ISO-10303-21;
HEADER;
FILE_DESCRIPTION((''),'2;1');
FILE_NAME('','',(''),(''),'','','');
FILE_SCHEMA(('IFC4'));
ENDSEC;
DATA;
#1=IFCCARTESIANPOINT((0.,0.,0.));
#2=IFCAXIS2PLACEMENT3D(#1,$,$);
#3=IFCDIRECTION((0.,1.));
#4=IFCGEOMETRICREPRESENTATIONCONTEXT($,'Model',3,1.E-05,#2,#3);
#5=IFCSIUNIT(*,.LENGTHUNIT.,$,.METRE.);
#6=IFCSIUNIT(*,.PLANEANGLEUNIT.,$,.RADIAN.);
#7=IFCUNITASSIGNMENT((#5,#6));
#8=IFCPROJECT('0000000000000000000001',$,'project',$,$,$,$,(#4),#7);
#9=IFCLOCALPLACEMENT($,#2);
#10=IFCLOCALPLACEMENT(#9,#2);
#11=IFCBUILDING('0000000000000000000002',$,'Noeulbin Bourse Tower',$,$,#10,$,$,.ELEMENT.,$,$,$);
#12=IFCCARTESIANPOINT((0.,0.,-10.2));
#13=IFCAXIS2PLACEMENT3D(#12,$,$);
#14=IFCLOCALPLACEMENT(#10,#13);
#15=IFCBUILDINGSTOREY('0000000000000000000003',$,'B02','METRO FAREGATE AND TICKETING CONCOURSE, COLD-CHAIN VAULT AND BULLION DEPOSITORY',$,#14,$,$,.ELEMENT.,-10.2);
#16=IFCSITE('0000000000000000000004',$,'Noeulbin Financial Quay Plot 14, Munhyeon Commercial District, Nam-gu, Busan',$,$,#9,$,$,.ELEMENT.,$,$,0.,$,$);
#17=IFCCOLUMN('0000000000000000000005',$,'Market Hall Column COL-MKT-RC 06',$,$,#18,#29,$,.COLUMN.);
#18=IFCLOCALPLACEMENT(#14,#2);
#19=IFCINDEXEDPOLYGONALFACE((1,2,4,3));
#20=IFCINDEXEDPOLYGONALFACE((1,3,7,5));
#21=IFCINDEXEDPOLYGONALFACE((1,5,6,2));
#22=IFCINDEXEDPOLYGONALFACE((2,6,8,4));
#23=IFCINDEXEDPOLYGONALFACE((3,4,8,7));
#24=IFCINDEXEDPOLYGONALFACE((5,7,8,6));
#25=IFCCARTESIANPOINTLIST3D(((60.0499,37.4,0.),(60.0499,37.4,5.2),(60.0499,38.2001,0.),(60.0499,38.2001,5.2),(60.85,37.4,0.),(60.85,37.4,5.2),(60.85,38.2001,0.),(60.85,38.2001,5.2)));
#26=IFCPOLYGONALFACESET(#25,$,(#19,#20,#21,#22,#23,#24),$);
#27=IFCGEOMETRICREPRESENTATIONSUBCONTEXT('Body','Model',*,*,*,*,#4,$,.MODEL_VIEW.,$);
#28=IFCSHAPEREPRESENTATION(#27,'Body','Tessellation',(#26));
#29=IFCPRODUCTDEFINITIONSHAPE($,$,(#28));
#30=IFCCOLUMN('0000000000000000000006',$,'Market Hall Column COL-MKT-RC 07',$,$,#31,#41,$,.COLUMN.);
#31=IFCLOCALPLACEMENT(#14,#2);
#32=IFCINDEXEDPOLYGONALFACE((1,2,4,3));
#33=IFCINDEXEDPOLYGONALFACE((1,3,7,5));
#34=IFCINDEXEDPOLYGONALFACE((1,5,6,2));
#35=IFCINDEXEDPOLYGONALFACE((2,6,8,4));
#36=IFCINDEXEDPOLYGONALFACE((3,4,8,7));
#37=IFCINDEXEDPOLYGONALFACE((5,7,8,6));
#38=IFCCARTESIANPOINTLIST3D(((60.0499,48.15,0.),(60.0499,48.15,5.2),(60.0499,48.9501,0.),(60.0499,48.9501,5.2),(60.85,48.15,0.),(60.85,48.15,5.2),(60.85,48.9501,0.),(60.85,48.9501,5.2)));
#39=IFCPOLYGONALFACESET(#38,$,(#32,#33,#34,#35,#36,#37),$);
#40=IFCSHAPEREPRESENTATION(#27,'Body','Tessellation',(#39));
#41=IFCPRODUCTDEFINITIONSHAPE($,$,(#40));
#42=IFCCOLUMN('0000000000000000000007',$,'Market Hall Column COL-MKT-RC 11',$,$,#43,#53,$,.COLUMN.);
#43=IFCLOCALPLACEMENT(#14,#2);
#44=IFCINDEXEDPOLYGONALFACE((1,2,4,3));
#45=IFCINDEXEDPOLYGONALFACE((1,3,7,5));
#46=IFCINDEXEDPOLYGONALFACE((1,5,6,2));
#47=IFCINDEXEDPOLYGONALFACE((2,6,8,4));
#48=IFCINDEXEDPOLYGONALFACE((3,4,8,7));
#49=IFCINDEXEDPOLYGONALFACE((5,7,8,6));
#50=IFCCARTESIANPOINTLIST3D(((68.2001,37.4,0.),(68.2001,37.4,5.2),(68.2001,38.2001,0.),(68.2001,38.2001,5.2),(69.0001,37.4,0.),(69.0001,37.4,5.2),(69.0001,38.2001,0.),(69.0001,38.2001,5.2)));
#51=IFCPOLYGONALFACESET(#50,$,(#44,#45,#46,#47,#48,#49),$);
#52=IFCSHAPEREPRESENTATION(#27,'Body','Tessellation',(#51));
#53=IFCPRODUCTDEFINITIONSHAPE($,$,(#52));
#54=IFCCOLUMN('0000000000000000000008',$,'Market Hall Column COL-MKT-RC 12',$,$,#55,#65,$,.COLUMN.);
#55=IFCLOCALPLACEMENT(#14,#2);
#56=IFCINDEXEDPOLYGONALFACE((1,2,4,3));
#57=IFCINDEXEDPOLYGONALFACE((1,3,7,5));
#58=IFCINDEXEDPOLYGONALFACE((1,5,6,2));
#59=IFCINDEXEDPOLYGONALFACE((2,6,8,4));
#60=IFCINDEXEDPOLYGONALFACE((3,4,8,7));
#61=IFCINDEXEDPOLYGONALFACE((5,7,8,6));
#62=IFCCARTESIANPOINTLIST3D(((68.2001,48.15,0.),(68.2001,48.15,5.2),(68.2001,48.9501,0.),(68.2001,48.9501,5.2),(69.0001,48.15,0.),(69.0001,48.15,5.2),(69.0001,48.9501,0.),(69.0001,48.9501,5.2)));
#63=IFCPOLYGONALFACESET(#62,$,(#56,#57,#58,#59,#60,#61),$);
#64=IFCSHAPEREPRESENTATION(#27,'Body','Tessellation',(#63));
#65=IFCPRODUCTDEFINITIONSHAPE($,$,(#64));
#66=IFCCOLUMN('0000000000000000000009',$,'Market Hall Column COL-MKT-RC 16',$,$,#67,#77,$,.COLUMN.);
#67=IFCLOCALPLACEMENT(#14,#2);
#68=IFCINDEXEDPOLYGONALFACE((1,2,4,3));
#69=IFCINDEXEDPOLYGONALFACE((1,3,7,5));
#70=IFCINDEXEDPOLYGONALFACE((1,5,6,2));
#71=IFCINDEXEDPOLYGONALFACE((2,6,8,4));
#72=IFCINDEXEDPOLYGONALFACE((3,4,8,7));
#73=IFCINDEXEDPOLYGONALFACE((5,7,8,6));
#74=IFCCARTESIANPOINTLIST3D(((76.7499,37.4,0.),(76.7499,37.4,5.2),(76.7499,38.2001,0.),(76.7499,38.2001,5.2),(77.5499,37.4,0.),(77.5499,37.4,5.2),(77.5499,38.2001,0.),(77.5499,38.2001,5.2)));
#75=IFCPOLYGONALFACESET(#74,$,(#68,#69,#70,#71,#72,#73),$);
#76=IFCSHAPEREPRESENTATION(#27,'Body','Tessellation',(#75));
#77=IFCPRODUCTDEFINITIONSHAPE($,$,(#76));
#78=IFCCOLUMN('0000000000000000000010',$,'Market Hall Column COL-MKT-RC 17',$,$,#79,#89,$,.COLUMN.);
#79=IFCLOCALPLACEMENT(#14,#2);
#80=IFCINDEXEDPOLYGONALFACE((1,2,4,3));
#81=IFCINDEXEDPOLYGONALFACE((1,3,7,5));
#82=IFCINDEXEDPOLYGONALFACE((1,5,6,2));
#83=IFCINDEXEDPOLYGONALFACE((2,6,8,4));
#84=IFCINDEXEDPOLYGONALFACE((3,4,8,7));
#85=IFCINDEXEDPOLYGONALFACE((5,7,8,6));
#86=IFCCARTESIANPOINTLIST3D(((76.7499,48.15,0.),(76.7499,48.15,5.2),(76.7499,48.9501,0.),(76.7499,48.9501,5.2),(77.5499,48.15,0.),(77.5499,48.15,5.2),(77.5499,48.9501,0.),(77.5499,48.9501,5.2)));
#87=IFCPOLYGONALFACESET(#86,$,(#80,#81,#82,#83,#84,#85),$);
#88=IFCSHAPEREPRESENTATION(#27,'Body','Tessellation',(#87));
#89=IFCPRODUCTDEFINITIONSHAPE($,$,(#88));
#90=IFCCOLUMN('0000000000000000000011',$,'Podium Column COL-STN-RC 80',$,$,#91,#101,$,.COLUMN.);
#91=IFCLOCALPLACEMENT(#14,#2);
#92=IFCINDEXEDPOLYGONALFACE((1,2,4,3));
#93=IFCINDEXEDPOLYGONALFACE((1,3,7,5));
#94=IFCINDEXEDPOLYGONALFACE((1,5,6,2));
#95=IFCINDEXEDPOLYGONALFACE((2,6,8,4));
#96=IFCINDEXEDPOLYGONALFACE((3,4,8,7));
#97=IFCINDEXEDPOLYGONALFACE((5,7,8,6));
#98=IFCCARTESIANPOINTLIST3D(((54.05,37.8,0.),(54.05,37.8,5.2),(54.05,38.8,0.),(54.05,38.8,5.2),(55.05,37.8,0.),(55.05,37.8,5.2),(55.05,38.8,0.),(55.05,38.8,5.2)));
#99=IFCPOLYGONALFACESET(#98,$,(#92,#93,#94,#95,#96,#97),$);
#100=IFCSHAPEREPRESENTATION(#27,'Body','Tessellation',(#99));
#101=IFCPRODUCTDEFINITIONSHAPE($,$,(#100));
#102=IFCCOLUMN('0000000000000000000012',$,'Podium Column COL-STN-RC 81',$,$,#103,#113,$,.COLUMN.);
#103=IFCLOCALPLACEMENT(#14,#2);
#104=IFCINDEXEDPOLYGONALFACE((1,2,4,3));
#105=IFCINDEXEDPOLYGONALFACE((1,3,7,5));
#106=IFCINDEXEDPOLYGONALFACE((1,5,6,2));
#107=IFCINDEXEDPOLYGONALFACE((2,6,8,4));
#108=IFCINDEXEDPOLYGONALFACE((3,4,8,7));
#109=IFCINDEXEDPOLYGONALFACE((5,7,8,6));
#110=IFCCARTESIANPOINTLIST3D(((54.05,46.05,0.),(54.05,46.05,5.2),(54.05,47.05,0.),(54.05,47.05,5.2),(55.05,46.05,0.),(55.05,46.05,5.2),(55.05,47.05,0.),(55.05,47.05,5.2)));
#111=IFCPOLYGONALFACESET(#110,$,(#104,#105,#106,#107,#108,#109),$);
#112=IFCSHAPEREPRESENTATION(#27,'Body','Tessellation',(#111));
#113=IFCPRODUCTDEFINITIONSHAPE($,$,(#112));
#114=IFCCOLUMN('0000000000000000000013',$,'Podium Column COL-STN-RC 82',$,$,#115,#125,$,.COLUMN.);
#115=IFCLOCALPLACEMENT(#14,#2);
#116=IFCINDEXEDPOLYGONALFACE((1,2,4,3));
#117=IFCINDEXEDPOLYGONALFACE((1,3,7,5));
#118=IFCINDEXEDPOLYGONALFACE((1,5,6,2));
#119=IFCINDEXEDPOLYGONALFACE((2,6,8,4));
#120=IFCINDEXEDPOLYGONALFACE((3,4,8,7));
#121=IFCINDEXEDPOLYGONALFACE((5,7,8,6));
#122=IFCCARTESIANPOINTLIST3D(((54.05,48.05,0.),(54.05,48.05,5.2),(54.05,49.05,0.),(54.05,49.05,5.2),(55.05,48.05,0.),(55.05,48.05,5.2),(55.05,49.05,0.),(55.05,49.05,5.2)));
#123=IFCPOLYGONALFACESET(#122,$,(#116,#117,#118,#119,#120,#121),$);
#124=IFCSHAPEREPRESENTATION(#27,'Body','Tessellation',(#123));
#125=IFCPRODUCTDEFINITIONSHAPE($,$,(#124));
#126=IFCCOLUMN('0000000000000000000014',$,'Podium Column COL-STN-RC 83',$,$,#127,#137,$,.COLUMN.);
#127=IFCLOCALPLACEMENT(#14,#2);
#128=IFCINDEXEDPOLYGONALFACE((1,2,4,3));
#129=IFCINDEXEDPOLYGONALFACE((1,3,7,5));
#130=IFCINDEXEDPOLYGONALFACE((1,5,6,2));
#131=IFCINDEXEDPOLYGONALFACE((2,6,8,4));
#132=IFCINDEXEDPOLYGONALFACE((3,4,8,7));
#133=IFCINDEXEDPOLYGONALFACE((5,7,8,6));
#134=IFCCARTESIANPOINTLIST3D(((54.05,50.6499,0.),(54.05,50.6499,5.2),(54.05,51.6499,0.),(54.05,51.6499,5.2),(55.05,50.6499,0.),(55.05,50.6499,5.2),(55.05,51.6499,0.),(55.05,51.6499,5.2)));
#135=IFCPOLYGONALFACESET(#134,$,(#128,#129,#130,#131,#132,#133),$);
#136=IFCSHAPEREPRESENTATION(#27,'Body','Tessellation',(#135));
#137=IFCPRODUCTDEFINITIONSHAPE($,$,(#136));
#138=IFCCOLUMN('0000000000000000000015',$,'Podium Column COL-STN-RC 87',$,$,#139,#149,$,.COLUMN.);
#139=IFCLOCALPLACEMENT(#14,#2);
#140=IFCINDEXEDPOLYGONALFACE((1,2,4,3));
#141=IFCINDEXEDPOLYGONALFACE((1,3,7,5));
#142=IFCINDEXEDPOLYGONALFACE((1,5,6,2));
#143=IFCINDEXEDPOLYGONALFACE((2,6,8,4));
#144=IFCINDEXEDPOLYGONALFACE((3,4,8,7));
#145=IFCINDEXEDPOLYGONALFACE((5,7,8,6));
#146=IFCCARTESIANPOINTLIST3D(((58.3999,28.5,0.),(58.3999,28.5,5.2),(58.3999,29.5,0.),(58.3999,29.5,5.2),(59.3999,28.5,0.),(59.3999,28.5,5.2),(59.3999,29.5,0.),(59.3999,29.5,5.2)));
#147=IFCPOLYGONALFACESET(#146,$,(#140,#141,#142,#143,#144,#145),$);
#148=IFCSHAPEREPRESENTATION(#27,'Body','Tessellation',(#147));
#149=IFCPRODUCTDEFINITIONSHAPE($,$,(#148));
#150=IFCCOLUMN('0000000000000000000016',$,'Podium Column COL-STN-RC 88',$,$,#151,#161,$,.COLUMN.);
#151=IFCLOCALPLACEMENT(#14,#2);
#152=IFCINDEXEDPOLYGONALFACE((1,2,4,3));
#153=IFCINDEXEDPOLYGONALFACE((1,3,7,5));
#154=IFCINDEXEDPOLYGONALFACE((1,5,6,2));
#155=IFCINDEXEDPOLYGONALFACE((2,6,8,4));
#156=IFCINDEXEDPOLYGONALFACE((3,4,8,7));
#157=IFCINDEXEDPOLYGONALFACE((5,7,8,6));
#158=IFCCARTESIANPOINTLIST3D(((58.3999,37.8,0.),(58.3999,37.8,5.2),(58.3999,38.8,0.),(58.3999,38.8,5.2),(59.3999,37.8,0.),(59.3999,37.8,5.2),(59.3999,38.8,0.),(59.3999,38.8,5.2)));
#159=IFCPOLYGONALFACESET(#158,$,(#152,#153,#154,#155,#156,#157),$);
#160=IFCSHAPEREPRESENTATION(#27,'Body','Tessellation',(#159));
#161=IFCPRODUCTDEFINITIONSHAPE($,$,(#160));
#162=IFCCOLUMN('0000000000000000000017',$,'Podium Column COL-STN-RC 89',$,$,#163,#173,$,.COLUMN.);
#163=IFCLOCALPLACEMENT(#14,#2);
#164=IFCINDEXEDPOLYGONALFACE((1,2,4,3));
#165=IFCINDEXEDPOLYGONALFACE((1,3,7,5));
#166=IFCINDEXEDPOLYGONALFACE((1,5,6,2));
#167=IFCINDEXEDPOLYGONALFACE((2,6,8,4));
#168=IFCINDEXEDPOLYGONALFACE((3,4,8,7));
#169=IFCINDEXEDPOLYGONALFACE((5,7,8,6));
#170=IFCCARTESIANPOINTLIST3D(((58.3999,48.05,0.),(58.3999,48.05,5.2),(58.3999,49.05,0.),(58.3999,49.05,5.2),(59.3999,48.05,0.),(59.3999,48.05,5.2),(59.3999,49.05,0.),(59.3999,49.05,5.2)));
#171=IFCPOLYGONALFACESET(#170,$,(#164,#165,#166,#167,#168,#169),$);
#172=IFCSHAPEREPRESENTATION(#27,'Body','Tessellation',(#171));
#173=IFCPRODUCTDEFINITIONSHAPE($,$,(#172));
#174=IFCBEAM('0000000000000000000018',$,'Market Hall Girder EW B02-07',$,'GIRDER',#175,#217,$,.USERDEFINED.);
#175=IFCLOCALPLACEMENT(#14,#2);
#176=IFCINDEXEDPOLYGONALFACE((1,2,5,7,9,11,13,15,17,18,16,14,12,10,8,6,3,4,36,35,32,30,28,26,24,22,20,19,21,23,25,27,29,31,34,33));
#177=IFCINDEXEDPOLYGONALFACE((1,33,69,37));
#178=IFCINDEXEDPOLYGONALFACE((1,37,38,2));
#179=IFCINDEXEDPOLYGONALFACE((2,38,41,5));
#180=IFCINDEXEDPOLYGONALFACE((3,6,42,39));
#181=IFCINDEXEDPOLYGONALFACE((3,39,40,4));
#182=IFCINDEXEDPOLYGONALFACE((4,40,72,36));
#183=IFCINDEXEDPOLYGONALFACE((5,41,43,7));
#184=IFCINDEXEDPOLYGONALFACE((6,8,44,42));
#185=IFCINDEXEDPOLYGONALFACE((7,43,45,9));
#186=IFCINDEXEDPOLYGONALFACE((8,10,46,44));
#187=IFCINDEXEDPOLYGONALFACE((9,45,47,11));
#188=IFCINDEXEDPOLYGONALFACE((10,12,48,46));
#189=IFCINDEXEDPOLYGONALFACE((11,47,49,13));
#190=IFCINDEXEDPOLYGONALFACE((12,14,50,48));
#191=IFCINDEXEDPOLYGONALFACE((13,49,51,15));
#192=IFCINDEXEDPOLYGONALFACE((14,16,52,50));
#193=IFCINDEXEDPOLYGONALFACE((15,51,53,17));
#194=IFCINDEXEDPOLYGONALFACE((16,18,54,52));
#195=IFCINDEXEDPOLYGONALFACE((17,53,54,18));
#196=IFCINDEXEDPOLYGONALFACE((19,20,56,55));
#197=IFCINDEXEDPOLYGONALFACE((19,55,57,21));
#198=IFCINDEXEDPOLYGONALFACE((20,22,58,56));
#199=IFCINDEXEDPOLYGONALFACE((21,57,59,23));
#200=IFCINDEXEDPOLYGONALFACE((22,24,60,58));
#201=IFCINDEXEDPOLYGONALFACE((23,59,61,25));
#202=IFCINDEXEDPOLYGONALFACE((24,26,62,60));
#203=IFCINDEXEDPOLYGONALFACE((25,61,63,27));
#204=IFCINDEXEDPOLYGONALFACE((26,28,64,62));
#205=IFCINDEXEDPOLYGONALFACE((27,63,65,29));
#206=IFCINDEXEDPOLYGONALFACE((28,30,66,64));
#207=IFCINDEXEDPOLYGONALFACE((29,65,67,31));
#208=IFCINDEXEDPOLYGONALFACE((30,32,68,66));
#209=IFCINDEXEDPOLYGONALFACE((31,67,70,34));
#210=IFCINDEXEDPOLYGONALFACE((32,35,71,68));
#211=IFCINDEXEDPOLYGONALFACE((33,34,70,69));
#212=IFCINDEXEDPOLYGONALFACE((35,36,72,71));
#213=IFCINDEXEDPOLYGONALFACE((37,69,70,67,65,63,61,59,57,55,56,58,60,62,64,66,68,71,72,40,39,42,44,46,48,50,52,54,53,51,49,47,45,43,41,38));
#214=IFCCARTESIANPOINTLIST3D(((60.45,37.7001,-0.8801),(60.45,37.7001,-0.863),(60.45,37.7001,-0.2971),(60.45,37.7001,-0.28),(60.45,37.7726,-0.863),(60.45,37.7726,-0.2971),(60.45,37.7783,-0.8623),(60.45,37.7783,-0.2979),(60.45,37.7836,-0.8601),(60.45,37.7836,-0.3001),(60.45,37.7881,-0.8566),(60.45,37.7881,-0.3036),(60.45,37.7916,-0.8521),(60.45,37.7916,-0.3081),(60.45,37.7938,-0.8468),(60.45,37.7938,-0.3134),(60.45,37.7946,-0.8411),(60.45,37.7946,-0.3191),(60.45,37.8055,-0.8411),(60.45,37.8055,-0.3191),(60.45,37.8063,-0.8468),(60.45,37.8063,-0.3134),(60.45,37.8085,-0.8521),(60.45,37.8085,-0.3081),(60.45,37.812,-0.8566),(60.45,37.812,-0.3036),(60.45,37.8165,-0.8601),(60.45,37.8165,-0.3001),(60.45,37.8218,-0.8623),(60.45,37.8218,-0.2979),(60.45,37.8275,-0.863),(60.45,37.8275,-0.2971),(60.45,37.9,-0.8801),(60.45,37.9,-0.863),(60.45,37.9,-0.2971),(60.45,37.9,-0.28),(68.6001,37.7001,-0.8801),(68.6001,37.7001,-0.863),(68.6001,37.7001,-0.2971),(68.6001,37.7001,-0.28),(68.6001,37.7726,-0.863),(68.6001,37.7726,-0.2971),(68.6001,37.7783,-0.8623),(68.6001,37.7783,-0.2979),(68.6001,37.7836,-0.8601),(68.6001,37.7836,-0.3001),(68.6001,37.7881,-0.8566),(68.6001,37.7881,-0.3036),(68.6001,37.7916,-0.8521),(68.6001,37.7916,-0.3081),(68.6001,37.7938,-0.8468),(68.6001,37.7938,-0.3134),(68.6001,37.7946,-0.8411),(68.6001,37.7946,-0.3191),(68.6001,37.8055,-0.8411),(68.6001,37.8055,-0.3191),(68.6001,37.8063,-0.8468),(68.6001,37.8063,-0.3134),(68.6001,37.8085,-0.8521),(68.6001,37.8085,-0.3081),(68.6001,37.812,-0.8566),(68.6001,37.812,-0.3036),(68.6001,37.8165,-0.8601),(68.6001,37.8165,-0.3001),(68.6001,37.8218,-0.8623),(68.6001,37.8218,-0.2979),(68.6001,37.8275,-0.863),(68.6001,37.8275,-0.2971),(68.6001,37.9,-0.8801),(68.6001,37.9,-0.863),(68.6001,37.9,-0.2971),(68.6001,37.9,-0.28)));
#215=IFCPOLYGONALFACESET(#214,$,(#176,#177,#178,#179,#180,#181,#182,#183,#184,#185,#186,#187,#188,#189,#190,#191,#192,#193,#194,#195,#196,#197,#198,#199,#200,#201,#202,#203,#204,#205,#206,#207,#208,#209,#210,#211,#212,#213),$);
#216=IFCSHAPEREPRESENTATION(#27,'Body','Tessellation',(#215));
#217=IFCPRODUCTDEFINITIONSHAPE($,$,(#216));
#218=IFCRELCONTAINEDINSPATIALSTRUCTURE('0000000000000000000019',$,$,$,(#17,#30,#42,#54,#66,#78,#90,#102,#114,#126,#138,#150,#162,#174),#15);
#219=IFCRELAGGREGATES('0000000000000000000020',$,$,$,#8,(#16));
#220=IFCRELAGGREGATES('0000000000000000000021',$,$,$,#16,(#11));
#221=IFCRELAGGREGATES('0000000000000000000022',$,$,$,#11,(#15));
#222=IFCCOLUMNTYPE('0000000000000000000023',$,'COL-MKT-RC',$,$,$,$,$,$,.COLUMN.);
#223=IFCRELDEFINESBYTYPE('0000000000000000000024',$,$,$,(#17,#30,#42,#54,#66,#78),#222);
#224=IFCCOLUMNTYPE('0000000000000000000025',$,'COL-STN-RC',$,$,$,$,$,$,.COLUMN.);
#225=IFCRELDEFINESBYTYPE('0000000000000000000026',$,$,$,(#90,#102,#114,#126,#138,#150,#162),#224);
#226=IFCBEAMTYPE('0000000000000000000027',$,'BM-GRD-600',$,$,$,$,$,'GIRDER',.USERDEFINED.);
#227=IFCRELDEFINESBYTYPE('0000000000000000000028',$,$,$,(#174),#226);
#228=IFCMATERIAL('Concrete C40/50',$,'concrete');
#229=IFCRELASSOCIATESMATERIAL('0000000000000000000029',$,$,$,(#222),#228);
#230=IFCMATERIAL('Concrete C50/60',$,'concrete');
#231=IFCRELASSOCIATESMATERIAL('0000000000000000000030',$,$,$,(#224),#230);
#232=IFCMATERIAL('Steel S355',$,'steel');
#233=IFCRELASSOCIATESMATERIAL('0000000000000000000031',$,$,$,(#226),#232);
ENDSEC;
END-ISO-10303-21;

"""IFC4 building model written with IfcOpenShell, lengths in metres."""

from ifc_helpers import new_model, si_unit, direction, frame, origin, origin_2d, place, context, subcontext, project, spatial, rectangle, i_section, extrude, material, material_profile, profile_set, type_object, element, save


model = new_model("IFC4")

# Units and contexts
model_context = context("Model", 3, precision=1e-05, world=origin(), true_north=direction((0.0, 1.0)))
body_context = subcontext(model_context, "Body", "Model", "MODEL_VIEW")
ifc_project = project(units=[si_unit("LENGTHUNIT", "METRE"), si_unit("PLANEANGLEUNIT", "RADIAN")], contexts=[model_context])

# Site, building, storey
site_placement = place(None, origin())
site = spatial("IfcSite", under=ifc_project, at=site_placement, Name="Noeulbin Financial Quay Plot 14, Munhyeon Commercial District, Nam-gu, Busan", CompositionType="ELEMENT", RefElevation=0.0)
building_placement = place(site_placement, origin())
building = spatial("IfcBuilding", under=site, at=building_placement, Name="Noeulbin Bourse Tower", CompositionType="ELEMENT")
storey_placement = place(building_placement, frame((0.0, 0.0, -10.2)))
storey = spatial("IfcBuildingStorey", under=building, at=storey_placement, Name="B02", Description="METRO FAREGATE AND TICKETING CONCOURSE, COLD-CHAIN VAULT AND BULLION DEPOSITORY", CompositionType="ELEMENT", Elevation=-10.2)

# Columns
ifc_material_1 = material(Name="Concrete C40/50", Category="concrete")
ifc_material_profile_1 = material_profile(ifc_material_1, rectangle(XDim=0.8, YDim=0.8, at=origin_2d()), Name="RC-COL-800x800", Category="LoadBearing")
ifc_profile_set_1 = profile_set([ifc_material_profile_1], Name="Concrete C40/50")
column_type_1 = type_object("IfcColumnType", Name="COL-MKT-RC", PredefinedType="COLUMN", material=ifc_profile_set_1)
for number, where, z_axis, x_axis, name in (
    (1, (60.45, 37.8, 0.0), (0.0, 0.0, 1.0), (1.0, 0.0, 0.0), "Market Hall Column COL-MKT-RC 06"),
    (2, (60.45, 48.55, 0.0), (0.0, 0.0, 1.0), (1.0, 0.0, 0.0), "Market Hall Column COL-MKT-RC 07"),
    (3, (68.6001, 37.8, 0.0), (0.0, 0.0, 1.0), (1.0, 0.0, 0.0), "Market Hall Column COL-MKT-RC 11"),
    (4, (68.6001, 48.55, 0.0), (0.0, 0.0, 1.0), (1.0, 0.0, 0.0), "Market Hall Column COL-MKT-RC 12"),
    (5, (77.1499, 37.8, 0.0), (0.0, 0.0, 1.0), (1.0, 0.0, 0.0), "Market Hall Column COL-MKT-RC 16"),
    (6, (77.1499, 48.55, 0.0), (0.0, 0.0, 1.0), (1.0, 0.0, 0.0), "Market Hall Column COL-MKT-RC 17"),
):
    element("IfcColumn", number, at=place(storey_placement, frame(where, z_axis=z_axis, x_axis=x_axis)), inside=storey, type_object=column_type_1, Name=name, PredefinedType="COLUMN", context=body_context, shape_type="SweptSolid", body=[
        extrude(rectangle(XDim=0.8, YDim=0.8, at=origin_2d()), origin(), (0.0, 0.0, 1.0), 5.2),
    ])
ifc_material_2 = material(Name="Concrete C50/60", Category="concrete")
ifc_material_profile_2 = material_profile(ifc_material_2, rectangle(XDim=1.0, YDim=1.0, at=origin_2d()), Name="RC-COL-1000x1000", Category="LoadBearing")
ifc_profile_set_2 = profile_set([ifc_material_profile_2], Name="Concrete C50/60")
column_type_2 = type_object("IfcColumnType", Name="COL-STN-RC", PredefinedType="COLUMN", material=ifc_profile_set_2)
for number, where, z_axis, x_axis, name in (
    (7, (54.55, 38.3, 0.0), (0.0, 0.0, 1.0), (1.0, 0.0, 0.0), "Podium Column COL-STN-RC 80"),
    (8, (54.55, 46.55, 0.0), (0.0, 0.0, 1.0), (1.0, 0.0, 0.0), "Podium Column COL-STN-RC 81"),
    (9, (54.55, 48.55, 0.0), (0.0, 0.0, 1.0), (1.0, 0.0, 0.0), "Podium Column COL-STN-RC 82"),
    (10, (54.55, 51.1499, 0.0), (0.0, 0.0, 1.0), (1.0, 0.0, 0.0), "Podium Column COL-STN-RC 83"),
    (11, (58.8999, 29.0, 0.0), (0.0, 0.0, 1.0), (1.0, 0.0, 0.0), "Podium Column COL-STN-RC 87"),
    (12, (58.8999, 38.3, 0.0), (0.0, 0.0, 1.0), (1.0, 0.0, 0.0), "Podium Column COL-STN-RC 88"),
    (13, (58.8999, 48.55, 0.0), (0.0, 0.0, 1.0), (1.0, 0.0, 0.0), "Podium Column COL-STN-RC 89"),
):
    element("IfcColumn", number, at=place(storey_placement, frame(where, z_axis=z_axis, x_axis=x_axis)), inside=storey, type_object=column_type_2, Name=name, PredefinedType="COLUMN", context=body_context, shape_type="SweptSolid", body=[
        extrude(rectangle(XDim=1.0, YDim=1.0, at=origin_2d()), origin(), (0.0, 0.0, 1.0), 5.2),
    ])

# Beam
ifc_material_3 = material(Name="Steel S355", Category="steel")
ifc_material_profile_3 = material_profile(ifc_material_3, i_section(OverallWidth=0.2, OverallDepth=0.6001, WebThickness=0.011, FlangeThickness=0.0171, FilletRadius=0.022, at=origin_2d()), Name="H-600x200x11x17", Category="LoadBearing")
ifc_profile_set_3 = profile_set([ifc_material_profile_3], Name="Steel S355")
beam_type_1 = type_object("IfcBeamType", Name="BM-GRD-600", ElementType="GIRDER", PredefinedType="USERDEFINED", material=ifc_profile_set_3)
beam_1_placement = place(storey_placement, frame((60.45, 37.8, -0.5801), z_axis=(1.0, 0.0, 0.0), x_axis=(0.0, 1.0, 0.0)))
element("IfcBeam", 14, at=beam_1_placement, inside=storey, type_object=beam_type_1, Name="Market Hall Girder EW B02-07", ObjectType="GIRDER", PredefinedType="USERDEFINED", context=body_context, shape_type="SweptSolid", body=[
    extrude(i_section(OverallWidth=0.2, OverallDepth=0.6001, WebThickness=0.011, FlangeThickness=0.0171, FilletRadius=0.022, at=origin_2d()), origin(), (0.0, 0.0, 1.0), 8.1501),
])

save(model, "model.ifc")
